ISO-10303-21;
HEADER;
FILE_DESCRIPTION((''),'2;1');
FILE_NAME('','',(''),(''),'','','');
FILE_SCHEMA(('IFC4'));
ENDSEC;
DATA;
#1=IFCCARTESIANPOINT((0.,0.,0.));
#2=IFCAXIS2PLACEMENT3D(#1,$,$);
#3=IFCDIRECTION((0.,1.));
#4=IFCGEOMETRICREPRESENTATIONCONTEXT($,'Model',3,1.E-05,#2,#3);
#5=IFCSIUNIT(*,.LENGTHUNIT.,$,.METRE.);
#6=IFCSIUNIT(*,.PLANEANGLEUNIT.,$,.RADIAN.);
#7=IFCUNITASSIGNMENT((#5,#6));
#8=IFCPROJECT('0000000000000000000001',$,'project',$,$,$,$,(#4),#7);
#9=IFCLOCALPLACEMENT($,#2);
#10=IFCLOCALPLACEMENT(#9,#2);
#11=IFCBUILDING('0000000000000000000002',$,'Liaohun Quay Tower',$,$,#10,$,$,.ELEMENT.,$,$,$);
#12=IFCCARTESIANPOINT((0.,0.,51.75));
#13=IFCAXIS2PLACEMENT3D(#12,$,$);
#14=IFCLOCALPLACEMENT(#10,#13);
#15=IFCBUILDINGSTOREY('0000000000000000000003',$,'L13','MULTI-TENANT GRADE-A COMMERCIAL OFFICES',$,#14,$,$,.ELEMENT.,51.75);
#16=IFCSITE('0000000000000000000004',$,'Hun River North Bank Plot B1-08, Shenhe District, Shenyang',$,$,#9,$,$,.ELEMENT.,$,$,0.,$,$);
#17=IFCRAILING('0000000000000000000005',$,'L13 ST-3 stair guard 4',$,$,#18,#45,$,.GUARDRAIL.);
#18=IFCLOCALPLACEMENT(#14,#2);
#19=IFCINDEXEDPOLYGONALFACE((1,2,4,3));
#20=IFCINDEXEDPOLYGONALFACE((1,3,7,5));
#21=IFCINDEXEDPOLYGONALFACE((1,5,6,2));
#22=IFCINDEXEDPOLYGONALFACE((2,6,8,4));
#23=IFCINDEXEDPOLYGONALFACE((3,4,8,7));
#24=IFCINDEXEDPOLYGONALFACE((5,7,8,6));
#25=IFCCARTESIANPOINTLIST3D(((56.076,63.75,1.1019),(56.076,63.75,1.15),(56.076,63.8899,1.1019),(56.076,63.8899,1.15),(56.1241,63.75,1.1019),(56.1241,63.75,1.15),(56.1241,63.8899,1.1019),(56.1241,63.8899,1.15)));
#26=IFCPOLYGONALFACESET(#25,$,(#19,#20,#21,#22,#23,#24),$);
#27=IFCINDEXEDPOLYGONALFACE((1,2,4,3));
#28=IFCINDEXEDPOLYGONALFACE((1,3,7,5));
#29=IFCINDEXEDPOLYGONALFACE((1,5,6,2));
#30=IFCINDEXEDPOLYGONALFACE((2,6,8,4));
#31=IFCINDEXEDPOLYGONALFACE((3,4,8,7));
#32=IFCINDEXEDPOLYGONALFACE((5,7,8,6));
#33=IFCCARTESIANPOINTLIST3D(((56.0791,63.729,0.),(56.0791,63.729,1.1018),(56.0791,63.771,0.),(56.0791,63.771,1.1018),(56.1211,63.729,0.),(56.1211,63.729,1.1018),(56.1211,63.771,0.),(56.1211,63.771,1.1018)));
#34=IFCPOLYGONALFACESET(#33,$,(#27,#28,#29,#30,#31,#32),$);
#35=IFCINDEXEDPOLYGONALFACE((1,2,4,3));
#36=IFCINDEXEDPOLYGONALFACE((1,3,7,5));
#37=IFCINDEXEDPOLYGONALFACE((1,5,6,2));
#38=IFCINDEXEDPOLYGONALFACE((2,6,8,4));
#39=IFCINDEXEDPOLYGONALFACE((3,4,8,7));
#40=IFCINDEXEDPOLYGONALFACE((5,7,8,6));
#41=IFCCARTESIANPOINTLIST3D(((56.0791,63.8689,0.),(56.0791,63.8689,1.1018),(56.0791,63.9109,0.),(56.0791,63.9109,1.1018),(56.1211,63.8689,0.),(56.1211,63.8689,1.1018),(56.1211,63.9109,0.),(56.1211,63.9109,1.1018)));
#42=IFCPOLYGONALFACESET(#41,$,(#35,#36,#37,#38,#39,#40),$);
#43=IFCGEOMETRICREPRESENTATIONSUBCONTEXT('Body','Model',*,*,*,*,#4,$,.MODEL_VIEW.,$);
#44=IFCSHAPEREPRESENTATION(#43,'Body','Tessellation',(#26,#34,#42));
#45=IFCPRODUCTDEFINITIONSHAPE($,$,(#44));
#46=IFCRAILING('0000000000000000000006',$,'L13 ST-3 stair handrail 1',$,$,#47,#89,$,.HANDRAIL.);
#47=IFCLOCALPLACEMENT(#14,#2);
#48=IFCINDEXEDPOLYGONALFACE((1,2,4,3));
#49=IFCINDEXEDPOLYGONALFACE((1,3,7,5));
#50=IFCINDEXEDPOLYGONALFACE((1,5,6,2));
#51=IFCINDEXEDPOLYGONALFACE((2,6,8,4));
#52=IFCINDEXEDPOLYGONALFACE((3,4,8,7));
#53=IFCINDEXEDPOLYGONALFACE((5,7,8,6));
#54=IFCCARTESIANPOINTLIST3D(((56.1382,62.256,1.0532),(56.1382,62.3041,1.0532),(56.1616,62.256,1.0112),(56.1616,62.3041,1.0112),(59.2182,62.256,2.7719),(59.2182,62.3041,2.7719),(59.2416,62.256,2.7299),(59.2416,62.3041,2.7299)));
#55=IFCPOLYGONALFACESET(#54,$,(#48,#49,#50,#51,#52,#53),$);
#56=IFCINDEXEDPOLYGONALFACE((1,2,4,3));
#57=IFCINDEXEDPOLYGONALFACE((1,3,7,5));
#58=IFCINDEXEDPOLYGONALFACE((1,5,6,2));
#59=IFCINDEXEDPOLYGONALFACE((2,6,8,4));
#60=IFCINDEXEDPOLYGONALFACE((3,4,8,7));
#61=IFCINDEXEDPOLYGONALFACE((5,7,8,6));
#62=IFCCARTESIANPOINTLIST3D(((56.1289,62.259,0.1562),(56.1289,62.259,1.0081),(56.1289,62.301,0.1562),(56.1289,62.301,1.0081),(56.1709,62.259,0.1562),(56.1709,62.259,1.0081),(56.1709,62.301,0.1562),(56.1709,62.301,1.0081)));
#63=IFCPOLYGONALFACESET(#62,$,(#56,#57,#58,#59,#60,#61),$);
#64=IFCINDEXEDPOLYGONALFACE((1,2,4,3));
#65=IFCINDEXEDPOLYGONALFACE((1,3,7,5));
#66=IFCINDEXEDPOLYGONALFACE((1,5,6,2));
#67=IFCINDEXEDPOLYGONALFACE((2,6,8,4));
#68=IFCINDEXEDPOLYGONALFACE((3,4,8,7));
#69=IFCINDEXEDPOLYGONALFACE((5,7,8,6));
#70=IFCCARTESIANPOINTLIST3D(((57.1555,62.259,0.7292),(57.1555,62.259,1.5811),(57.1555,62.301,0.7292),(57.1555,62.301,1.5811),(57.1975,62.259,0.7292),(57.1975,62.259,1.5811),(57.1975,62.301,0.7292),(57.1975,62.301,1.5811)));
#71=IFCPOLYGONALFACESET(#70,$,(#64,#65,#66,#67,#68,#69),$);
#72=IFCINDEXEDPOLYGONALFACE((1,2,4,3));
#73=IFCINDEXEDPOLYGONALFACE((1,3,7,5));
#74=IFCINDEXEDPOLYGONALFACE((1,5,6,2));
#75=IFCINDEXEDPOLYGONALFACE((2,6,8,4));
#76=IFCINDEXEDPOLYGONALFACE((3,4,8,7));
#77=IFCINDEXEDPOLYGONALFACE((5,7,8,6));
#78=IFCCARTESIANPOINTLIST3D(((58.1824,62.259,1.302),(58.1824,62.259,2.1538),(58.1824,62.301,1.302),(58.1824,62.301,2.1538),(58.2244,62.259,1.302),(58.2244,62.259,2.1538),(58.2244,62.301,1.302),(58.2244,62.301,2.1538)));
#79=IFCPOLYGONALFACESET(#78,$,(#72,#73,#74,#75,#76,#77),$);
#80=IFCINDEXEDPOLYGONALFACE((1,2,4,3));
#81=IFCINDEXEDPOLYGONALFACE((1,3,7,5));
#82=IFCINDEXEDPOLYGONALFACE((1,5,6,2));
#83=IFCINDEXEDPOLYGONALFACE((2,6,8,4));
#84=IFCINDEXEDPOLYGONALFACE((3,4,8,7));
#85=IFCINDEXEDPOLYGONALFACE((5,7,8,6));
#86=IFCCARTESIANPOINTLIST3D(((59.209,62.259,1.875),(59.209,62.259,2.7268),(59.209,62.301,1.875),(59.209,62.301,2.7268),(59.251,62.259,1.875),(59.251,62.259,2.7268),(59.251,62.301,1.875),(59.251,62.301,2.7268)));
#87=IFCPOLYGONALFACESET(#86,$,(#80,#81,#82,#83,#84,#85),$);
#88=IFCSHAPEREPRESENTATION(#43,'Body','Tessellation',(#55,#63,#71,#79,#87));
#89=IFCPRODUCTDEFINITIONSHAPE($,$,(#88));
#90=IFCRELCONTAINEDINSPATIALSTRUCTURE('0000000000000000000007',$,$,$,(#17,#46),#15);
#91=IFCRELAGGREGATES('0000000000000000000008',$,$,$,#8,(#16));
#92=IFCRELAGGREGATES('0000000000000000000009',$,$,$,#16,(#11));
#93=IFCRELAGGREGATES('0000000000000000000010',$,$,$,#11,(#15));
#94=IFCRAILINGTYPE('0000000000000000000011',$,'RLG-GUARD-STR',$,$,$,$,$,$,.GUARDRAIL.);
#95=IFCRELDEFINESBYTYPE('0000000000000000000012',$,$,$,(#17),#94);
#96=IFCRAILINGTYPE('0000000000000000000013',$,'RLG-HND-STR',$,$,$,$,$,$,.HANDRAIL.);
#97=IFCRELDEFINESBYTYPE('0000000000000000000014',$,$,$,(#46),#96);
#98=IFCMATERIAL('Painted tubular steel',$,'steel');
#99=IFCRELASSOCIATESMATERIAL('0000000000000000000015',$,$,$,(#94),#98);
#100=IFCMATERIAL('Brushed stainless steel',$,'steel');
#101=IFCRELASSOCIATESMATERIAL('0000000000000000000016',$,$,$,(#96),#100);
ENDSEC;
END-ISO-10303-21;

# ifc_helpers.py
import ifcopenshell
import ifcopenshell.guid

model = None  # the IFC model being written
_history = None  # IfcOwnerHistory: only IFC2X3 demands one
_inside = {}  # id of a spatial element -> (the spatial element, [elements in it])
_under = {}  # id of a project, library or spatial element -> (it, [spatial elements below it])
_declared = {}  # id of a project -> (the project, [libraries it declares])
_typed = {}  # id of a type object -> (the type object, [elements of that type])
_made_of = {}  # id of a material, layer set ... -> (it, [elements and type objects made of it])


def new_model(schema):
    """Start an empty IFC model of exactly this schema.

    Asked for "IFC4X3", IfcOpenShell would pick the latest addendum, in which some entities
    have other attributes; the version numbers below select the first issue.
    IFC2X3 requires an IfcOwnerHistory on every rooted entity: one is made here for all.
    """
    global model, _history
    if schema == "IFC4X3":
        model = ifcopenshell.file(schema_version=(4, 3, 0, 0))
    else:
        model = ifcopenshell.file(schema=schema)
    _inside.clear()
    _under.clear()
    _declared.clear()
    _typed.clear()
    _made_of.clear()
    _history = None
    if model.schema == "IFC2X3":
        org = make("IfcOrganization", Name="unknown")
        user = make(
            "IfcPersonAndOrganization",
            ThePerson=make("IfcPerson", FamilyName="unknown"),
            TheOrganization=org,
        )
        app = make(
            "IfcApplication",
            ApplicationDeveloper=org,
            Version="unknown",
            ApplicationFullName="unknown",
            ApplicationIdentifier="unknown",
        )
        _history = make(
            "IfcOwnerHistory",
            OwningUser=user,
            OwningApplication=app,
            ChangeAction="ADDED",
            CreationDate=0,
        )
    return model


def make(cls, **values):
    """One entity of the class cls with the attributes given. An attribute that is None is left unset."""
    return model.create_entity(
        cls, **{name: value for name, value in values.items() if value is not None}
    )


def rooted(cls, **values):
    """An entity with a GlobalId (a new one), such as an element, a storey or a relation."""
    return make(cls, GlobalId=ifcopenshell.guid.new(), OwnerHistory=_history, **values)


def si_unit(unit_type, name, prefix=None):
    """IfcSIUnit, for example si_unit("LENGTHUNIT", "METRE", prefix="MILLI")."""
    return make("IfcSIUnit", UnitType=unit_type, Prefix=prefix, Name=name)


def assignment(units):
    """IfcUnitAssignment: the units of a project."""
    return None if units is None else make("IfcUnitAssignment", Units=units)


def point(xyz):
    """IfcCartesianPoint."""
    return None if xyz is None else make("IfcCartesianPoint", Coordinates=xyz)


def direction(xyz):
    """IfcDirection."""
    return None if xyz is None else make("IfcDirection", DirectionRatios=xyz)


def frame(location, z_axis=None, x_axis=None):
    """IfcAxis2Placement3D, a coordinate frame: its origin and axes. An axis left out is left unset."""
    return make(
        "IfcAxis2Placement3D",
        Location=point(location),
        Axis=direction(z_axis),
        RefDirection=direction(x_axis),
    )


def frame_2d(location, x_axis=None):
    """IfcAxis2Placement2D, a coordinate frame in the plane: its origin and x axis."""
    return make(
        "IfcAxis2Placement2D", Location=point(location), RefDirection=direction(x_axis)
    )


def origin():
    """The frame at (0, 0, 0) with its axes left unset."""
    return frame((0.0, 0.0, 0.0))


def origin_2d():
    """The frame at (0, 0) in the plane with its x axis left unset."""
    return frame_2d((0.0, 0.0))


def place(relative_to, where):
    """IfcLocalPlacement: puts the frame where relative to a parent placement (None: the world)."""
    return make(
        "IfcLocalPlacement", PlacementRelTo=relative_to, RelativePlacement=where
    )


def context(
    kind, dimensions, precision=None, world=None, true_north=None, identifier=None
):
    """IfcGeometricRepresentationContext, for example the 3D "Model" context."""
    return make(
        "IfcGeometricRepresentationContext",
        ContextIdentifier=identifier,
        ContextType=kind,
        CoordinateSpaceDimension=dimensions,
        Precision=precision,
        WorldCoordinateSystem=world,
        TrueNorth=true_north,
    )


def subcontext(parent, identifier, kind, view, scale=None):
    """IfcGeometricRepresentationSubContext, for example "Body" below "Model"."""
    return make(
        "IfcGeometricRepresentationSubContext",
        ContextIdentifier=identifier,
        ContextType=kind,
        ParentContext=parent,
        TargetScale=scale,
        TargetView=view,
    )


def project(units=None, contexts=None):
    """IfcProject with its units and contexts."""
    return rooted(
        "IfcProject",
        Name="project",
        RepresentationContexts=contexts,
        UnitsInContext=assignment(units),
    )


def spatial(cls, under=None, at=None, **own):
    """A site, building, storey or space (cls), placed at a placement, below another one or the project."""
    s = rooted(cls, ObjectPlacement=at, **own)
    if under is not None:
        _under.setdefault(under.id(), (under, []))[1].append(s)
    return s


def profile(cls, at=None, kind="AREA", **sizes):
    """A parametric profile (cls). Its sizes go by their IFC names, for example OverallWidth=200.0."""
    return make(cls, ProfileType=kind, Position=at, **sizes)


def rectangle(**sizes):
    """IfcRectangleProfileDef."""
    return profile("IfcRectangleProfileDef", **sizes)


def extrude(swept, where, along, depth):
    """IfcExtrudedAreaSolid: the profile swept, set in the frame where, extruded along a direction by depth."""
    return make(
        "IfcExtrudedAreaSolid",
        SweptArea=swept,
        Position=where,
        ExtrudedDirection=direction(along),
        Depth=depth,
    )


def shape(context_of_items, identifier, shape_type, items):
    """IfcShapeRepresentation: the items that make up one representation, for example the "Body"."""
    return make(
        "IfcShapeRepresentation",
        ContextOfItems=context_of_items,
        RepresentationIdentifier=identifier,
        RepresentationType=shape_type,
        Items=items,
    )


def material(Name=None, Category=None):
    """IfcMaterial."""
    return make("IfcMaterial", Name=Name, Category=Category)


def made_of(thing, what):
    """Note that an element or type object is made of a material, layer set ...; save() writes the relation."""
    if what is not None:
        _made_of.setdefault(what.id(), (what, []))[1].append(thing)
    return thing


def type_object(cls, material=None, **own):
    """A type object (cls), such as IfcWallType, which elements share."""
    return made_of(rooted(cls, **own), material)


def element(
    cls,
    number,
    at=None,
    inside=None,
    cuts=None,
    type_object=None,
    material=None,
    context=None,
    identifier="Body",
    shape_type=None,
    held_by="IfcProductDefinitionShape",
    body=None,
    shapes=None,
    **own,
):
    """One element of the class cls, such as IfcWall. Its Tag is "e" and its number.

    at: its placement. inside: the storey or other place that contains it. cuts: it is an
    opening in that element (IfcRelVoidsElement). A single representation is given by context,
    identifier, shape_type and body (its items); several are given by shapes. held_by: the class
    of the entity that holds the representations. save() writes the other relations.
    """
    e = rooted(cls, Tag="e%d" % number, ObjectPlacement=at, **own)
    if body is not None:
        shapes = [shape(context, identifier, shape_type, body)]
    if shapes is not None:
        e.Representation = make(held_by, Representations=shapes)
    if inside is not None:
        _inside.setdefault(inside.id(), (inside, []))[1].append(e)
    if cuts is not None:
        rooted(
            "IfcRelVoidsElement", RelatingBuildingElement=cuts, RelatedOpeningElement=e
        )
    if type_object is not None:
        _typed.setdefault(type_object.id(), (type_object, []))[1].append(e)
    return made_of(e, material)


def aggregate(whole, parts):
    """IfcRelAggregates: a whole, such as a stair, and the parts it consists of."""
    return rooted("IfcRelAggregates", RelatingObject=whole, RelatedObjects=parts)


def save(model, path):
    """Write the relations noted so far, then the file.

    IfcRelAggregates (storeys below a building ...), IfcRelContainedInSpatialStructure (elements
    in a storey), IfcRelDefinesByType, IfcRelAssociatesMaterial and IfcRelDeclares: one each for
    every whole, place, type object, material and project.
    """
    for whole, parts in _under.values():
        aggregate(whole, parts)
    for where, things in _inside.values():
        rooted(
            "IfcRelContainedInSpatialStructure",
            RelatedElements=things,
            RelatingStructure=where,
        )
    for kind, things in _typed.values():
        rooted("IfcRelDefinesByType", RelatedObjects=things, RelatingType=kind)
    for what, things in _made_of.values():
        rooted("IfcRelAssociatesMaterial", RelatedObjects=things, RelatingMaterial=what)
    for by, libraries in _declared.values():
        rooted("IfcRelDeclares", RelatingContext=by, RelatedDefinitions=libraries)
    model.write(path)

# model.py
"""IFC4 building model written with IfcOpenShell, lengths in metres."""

from ifc_helpers import new_model, si_unit, direction, frame, origin, origin_2d, place, context, subcontext, project, spatial, rectangle, extrude, material, type_object, element, save


model = new_model("IFC4")

# Units and contexts
model_context = context("Model", 3, precision=1e-05, world=origin(), true_north=direction((0.0, 1.0)))
body_context = subcontext(model_context, "Body", "Model", "MODEL_VIEW")
ifc_project = project(units=[si_unit("LENGTHUNIT", "METRE"), si_unit("PLANEANGLEUNIT", "RADIAN")], contexts=[model_context])

# Site, building, storey
site_placement = place(None, origin())
site = spatial("IfcSite", under=ifc_project, at=site_placement, Name="Hun River North Bank Plot B1-08, Shenhe District, Shenyang", CompositionType="ELEMENT", RefElevation=0.0)
building_placement = place(site_placement, origin())
building = spatial("IfcBuilding", under=site, at=building_placement, Name="Liaohun Quay Tower", CompositionType="ELEMENT")
storey_placement = place(building_placement, frame((0.0, 0.0, 51.75)))
storey = spatial("IfcBuildingStorey", under=building, at=storey_placement, Name="L13", Description="MULTI-TENANT GRADE-A COMMERCIAL OFFICES", CompositionType="ELEMENT", Elevation=51.75)

# Railings
ifc_material_1 = material(Name="Painted tubular steel", Category="steel")
railing_type_1 = type_object("IfcRailingType", Name="RLG-GUARD-STR", PredefinedType="GUARDRAIL", material=ifc_material_1)
railing_1_placement = place(storey_placement, frame((56.1001, 63.75, 0.0)))
element("IfcRailing", 1, at=railing_1_placement, inside=storey, type_object=railing_type_1, Name="L13 ST-3 stair guard 4", PredefinedType="GUARDRAIL", context=body_context, shape_type="SweptSolid", body=[
    extrude(rectangle(XDim=0.0481, YDim=0.0481, at=origin_2d()), frame((0.0, 0.0, 1.126), z_axis=(0.0, 1.0, 0.0), x_axis=(-1.0, 0.0, 0.0)), (0.0, 0.0, 1.0), 0.1399),
    extrude(rectangle(XDim=0.042, YDim=0.042, at=origin_2d()), origin(), (0.0, 0.0, 1.0), 1.1018),
    extrude(rectangle(XDim=0.042, YDim=0.042, at=origin_2d()), frame((0.0, 0.1399, 0.0)), (0.0, 0.0, 1.0), 1.1018),
])
ifc_material_2 = material(Name="Brushed stainless steel", Category="steel")
railing_type_2 = type_object("IfcRailingType", Name="RLG-HND-STR", PredefinedType="HANDRAIL", material=ifc_material_2)
railing_2_placement = place(storey_placement, frame((56.1499, 62.28, 0.1562)))
element("IfcRailing", 2, at=railing_2_placement, inside=storey, type_object=railing_type_2, Name="L13 ST-3 stair handrail 1", PredefinedType="HANDRAIL", context=body_context, shape_type="SweptSolid", body=[
    extrude(rectangle(XDim=0.0481, YDim=0.0481, at=origin_2d()), frame((0.0, 0.0, 0.876), z_axis=(0.873242, 0.0, 0.487288), x_axis=(0.0, 1.0, 0.0)), (0.0, 0.0, 1.0), 3.5271),
    extrude(rectangle(XDim=0.042, YDim=0.042, at=origin_2d()), origin(), (0.0, 0.0, 1.0), 0.8518),
    extrude(rectangle(XDim=0.042, YDim=0.042, at=origin_2d()), frame((1.0266, 0.0, 0.573)), (0.0, 0.0, 1.0), 0.8518),
    extrude(rectangle(XDim=0.042, YDim=0.042, at=origin_2d()), frame((2.0535, 0.0, 1.1458)), (0.0, 0.0, 1.0), 0.8518),
    extrude(rectangle(XDim=0.042, YDim=0.042, at=origin_2d()), frame((3.0801, 0.0, 1.7188)), (0.0, 0.0, 1.0), 0.8518),
])

save(model, "model.ifc")
